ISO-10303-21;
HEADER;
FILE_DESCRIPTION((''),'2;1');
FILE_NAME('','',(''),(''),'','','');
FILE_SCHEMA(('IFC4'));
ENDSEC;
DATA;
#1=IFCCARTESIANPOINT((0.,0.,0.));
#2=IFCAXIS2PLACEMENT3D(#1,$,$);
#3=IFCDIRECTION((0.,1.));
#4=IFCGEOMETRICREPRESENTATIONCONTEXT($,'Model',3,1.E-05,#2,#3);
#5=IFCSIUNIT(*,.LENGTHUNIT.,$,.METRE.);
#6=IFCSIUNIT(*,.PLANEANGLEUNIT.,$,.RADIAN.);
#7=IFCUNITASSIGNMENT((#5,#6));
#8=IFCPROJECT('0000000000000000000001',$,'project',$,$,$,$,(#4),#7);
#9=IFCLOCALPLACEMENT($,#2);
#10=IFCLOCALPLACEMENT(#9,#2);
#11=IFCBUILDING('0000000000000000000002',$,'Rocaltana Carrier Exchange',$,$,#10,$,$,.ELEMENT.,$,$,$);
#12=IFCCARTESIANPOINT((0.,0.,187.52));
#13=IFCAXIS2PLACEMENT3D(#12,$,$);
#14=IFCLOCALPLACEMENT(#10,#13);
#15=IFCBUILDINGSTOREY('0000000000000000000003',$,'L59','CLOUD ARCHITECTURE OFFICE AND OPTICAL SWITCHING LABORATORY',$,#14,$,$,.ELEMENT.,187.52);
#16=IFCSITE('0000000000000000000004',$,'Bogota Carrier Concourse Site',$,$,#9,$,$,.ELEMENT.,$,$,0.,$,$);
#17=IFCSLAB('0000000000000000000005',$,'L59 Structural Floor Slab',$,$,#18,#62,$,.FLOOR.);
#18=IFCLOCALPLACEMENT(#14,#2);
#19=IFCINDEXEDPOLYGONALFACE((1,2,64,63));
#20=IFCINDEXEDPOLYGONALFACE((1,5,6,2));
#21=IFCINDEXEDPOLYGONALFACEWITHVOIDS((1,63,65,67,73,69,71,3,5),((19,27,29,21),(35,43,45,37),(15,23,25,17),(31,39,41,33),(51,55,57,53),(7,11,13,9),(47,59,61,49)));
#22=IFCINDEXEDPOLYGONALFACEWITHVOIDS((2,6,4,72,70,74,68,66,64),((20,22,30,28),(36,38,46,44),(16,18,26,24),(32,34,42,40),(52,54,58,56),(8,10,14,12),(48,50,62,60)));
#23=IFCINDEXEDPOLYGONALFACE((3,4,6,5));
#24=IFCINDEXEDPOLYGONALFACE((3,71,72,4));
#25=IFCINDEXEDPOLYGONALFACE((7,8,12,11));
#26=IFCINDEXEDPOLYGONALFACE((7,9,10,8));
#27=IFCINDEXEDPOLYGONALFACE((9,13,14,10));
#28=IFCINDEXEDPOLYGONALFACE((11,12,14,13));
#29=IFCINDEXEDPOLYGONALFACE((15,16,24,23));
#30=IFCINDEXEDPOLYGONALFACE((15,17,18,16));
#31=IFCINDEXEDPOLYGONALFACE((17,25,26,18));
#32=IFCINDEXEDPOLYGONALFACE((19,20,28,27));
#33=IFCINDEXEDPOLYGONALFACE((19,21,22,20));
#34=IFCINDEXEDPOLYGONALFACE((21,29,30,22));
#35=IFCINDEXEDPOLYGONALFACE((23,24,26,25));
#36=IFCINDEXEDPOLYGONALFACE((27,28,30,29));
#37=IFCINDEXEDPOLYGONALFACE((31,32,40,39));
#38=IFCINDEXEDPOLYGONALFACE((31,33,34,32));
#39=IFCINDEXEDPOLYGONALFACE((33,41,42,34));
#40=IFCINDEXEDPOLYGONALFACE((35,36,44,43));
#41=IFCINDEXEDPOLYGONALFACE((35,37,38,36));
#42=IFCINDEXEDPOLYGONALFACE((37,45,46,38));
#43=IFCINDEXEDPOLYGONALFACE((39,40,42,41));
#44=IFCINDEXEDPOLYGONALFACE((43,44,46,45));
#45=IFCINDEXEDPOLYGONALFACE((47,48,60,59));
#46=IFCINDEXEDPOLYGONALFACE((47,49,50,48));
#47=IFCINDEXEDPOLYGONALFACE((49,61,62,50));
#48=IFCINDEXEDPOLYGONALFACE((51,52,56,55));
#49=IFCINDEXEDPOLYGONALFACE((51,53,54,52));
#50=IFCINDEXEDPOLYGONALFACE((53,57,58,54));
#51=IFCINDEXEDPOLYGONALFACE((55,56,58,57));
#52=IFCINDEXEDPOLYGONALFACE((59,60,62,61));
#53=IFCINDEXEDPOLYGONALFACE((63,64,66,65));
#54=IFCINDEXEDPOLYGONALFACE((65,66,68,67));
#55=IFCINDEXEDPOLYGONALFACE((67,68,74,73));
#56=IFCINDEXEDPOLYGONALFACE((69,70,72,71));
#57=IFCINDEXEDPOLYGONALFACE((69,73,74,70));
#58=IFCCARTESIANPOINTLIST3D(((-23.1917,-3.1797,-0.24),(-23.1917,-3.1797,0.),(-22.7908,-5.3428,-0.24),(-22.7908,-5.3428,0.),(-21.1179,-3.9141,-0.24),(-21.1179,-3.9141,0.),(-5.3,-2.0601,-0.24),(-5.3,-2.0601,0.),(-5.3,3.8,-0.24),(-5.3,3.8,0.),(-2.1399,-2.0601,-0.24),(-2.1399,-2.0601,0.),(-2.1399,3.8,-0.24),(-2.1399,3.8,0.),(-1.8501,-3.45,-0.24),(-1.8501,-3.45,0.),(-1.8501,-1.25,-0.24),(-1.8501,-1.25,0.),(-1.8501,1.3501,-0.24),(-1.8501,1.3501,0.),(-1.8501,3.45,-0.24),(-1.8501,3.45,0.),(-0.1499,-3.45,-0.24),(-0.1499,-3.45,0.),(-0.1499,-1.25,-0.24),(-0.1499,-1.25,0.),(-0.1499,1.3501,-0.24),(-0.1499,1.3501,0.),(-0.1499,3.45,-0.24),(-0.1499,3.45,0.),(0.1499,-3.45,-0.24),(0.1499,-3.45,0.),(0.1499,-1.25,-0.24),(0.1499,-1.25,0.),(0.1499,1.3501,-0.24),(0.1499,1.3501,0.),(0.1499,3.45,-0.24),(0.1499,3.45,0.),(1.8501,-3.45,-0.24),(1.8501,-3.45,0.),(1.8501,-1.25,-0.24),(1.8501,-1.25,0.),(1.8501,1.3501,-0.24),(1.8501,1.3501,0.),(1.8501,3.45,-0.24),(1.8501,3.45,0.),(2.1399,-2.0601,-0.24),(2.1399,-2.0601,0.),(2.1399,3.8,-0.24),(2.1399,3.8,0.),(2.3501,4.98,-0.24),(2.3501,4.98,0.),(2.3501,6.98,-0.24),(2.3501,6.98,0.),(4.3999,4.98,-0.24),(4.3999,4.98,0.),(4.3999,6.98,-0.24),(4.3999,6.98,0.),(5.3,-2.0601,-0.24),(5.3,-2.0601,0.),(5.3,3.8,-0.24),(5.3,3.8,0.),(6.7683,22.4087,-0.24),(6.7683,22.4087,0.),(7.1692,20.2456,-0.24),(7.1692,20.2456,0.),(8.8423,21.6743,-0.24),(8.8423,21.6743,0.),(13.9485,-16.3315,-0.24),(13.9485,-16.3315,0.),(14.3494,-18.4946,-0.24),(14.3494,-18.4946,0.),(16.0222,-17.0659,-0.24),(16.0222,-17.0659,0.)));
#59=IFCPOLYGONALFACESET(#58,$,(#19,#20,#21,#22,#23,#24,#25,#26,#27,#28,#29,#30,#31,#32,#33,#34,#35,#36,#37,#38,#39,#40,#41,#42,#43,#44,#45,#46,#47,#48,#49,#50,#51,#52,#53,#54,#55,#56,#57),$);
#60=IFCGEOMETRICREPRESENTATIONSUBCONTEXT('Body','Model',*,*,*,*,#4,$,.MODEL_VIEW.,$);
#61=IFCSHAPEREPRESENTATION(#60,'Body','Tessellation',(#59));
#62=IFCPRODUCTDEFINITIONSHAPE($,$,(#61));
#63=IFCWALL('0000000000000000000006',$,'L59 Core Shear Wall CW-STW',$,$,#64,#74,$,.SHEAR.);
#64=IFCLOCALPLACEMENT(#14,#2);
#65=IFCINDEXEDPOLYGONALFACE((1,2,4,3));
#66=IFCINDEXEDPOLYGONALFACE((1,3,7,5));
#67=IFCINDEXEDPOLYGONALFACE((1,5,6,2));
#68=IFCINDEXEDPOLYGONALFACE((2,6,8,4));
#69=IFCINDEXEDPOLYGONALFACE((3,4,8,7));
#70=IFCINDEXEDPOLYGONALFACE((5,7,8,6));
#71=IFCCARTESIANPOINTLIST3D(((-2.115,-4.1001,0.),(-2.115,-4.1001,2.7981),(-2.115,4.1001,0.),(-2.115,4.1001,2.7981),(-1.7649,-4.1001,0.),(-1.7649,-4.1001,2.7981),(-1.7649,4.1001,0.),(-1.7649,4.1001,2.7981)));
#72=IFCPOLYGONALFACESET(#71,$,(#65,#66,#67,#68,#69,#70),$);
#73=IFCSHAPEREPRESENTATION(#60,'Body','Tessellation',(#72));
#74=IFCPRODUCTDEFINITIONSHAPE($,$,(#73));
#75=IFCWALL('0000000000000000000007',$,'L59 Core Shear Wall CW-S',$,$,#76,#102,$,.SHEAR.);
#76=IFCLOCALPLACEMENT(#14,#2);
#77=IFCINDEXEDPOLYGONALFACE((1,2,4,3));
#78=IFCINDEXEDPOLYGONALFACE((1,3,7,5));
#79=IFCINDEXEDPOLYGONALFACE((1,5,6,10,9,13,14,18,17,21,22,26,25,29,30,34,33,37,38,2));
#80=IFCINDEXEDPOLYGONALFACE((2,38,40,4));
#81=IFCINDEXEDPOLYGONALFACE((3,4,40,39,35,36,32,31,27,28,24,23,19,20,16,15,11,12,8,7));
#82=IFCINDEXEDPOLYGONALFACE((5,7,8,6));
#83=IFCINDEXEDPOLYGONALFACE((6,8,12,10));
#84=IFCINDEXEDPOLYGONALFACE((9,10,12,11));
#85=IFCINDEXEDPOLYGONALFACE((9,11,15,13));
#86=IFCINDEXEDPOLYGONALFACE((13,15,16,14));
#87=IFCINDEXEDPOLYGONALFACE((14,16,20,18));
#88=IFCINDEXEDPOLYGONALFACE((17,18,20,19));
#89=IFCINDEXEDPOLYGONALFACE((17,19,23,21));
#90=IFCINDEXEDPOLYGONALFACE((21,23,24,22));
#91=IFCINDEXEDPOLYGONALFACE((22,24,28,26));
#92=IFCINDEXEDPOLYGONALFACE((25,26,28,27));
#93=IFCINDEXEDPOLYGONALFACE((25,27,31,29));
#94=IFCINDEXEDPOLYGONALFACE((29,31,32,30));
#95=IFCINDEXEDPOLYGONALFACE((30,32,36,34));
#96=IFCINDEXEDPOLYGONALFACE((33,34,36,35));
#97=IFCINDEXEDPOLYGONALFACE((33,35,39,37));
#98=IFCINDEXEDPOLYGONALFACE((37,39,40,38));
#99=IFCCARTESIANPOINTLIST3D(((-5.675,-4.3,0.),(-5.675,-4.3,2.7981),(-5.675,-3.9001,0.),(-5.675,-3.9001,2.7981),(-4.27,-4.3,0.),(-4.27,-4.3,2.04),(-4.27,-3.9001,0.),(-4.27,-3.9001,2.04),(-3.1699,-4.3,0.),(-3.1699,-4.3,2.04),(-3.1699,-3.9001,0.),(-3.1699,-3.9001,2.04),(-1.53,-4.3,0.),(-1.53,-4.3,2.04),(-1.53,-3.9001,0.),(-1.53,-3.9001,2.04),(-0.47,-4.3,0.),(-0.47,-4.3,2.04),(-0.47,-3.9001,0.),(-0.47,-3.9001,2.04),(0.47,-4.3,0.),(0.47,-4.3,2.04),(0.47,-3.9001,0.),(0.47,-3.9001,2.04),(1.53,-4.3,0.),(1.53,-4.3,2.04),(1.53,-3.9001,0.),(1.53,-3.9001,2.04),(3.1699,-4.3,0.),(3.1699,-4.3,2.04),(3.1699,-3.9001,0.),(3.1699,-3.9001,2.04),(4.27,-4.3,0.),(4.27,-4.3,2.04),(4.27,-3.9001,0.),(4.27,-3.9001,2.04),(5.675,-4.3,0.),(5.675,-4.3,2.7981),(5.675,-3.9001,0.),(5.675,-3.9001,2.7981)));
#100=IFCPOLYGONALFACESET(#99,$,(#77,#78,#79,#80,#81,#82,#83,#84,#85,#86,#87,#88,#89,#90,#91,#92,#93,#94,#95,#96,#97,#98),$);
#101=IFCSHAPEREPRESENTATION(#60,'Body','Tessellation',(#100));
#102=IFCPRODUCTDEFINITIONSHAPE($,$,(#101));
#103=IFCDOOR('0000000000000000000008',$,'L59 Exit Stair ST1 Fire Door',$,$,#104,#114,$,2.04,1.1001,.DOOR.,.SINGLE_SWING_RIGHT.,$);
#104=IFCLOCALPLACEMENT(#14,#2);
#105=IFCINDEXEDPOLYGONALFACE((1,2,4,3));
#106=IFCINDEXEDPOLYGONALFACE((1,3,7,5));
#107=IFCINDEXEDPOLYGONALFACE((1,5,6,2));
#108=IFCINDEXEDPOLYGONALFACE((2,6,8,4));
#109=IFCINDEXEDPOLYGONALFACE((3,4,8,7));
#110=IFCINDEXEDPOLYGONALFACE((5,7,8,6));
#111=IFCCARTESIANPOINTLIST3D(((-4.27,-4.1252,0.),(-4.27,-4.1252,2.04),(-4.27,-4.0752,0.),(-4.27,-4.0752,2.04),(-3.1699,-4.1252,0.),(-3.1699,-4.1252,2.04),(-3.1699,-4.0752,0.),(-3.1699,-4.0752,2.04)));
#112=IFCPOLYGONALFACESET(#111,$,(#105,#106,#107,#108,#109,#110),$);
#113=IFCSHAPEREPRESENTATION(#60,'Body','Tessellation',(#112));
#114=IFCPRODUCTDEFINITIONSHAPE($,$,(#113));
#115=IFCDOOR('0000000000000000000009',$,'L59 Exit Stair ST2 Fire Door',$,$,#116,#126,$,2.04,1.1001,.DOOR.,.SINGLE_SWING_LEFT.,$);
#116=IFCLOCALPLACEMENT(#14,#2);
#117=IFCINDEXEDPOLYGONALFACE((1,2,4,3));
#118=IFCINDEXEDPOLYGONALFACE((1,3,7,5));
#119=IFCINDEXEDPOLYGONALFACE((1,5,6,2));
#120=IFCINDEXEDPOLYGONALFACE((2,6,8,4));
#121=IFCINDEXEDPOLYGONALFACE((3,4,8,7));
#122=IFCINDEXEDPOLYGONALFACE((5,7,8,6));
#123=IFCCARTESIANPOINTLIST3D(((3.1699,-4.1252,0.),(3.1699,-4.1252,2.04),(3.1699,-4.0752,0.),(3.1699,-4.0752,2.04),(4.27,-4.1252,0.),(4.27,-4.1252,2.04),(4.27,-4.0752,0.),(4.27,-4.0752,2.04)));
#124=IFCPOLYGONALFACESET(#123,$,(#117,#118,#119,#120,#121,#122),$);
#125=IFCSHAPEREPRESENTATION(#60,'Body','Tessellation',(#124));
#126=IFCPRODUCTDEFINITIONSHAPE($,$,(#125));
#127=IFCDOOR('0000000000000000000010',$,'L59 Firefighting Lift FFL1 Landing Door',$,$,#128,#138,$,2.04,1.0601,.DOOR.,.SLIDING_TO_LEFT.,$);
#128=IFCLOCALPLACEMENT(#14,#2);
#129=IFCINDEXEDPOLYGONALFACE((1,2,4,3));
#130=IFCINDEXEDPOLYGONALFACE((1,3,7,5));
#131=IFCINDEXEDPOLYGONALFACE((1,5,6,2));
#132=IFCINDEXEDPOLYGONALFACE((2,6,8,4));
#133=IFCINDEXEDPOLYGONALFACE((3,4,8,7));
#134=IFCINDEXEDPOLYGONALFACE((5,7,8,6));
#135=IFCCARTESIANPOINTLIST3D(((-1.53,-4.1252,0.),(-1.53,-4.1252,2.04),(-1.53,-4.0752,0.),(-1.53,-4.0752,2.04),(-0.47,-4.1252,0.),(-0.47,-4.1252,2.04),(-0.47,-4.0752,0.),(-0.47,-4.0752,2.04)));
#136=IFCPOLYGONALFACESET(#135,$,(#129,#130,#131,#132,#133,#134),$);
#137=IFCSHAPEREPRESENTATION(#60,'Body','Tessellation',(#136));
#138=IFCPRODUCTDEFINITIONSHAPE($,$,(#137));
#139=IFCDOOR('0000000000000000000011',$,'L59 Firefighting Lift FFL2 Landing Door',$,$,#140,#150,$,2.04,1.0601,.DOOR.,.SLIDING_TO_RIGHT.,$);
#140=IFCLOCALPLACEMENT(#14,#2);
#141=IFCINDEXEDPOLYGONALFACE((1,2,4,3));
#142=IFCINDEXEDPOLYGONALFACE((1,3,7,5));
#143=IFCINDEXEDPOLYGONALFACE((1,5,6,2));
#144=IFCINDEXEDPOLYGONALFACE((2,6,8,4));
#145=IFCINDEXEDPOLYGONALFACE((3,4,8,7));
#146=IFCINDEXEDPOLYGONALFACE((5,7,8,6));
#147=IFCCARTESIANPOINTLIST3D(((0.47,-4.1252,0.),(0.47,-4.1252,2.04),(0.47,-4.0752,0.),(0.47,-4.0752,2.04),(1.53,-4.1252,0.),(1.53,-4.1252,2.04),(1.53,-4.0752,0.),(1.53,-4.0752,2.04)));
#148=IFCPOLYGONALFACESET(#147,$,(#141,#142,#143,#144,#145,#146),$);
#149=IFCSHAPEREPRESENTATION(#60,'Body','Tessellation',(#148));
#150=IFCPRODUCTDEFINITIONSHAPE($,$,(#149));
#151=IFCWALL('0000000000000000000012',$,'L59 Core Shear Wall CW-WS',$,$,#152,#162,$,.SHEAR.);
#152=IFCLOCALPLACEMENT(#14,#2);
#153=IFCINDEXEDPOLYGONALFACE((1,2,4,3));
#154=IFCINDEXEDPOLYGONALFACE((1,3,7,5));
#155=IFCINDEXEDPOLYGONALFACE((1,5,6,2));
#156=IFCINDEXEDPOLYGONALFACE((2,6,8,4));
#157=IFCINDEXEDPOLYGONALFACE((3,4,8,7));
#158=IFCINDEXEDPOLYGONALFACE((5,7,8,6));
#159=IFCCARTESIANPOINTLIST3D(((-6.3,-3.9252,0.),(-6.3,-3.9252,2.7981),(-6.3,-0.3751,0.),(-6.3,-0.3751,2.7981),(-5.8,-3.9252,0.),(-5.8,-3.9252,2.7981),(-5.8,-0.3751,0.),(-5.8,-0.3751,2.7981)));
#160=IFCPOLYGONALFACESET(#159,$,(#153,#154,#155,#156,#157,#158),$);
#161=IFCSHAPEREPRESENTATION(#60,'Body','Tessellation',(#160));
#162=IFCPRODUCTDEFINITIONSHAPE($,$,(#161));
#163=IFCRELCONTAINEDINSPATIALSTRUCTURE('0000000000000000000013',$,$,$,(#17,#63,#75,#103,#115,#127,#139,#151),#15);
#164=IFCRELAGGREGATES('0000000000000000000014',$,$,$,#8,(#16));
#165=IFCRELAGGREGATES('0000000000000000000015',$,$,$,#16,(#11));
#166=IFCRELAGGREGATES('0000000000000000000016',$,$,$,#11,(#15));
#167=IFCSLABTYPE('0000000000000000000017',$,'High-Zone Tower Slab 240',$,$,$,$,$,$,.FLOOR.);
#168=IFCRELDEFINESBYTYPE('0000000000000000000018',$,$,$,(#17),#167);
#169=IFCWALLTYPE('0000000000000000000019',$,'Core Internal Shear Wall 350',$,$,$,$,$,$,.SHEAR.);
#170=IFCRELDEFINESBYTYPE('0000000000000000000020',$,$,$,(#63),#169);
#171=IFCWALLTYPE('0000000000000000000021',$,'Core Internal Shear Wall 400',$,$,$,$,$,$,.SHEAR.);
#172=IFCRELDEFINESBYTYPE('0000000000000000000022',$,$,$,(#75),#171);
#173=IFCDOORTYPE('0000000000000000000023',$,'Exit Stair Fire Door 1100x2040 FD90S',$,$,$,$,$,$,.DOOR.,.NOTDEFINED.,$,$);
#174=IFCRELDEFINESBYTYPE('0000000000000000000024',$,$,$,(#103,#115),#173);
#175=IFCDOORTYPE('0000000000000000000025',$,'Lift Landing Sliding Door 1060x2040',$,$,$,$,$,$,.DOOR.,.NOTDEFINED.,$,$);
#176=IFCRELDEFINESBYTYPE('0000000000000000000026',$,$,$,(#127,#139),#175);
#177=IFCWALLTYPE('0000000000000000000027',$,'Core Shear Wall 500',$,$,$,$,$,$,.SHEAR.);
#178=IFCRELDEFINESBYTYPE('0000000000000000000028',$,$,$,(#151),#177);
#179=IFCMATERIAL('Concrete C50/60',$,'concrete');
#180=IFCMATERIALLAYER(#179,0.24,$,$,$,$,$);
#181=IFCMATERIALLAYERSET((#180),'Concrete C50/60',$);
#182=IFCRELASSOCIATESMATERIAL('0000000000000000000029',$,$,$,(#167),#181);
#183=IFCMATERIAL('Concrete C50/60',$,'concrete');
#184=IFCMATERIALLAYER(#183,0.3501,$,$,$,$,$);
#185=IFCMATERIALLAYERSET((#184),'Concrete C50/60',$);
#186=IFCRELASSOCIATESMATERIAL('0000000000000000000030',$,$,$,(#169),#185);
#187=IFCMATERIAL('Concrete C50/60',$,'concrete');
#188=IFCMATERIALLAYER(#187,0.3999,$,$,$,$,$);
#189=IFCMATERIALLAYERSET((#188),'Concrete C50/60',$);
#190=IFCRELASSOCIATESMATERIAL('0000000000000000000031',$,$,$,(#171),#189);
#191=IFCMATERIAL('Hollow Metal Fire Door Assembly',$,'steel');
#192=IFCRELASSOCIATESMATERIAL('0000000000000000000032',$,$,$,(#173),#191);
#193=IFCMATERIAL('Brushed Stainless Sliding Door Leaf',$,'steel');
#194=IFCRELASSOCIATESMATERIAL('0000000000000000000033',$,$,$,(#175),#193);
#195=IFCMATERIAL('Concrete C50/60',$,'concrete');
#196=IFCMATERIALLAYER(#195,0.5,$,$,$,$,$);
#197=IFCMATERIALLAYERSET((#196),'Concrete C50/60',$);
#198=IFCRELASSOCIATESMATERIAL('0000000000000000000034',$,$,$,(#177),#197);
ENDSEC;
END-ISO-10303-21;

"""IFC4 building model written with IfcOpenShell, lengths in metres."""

from ifc_helpers import new_model, si_unit, direction, frame, frame_2d, origin, place, context, subcontext, project, spatial, polyline, rectangle, outline, extrude, material, layer, layer_set, type_object, element, fill, save


model = new_model("IFC4")

# Units and contexts
model_context = context("Model", 3, precision=1e-05, world=origin(), true_north=direction((0.0, 1.0)))
body_context = subcontext(model_context, "Body", "Model", "MODEL_VIEW")
ifc_project = project(units=[si_unit("LENGTHUNIT", "METRE"), si_unit("PLANEANGLEUNIT", "RADIAN")], contexts=[model_context])

# Site, building, storey
site_placement = place(None, origin())
site = spatial("IfcSite", under=ifc_project, at=site_placement, Name="Bogota Carrier Concourse Site", CompositionType="ELEMENT", RefElevation=0.0)
building_placement = place(site_placement, origin())
building = spatial("IfcBuilding", under=site, at=building_placement, Name="Rocaltana Carrier Exchange", CompositionType="ELEMENT")
storey_placement = place(building_placement, frame((0.0, 0.0, 187.52)))
storey = spatial("IfcBuildingStorey", under=building, at=storey_placement, Name="L59", Description="CLOUD ARCHITECTURE OFFICE AND OPTICAL SWITCHING LABORATORY", CompositionType="ELEMENT", Elevation=187.52)

# Slab
ifc_material_1 = material(Name="Concrete C50/60", Category="concrete")
ifc_layer_1 = layer(ifc_material_1, 0.24)
ifc_layer_set_1 = layer_set([ifc_layer_1], Name="Concrete C50/60")
slab_type = type_object("IfcSlabType", Name="High-Zone Tower Slab 240", PredefinedType="FLOOR", material=ifc_layer_set_1)
slab_placement = place(storey_placement, frame((0.0, 0.0, -0.24)))
element("IfcSlab", 1, at=slab_placement, inside=storey, type_object=slab_type, Name="L59 Structural Floor Slab", PredefinedType="FLOOR", context=body_context, shape_type="SweptSolid", body=[
    extrude(outline(polyline([(14.3494, -18.4946), (13.9485, -16.3315), (16.0222, -17.0659), (8.8423, 21.6743), (7.1692, 20.2456), (6.7683, 22.4087), (-23.1917, -3.1797), (-21.1179, -3.9141), (-22.7908, -5.3428), (14.3494, -18.4946)]), holes=[polyline([(-5.3, -2.0601), (-2.1399, -2.0601), (-2.1399, 3.8), (-5.3, 3.8), (-5.3, -2.0601)]), polyline([(2.1399, -2.0601), (5.3, -2.0601), (5.3, 3.8), (2.1399, 3.8), (2.1399, -2.0601)]), polyline([(-1.8501, -3.45), (-0.1499, -3.45), (-0.1499, -1.25), (-1.8501, -1.25), (-1.8501, -3.45)]), polyline([(0.1499, -3.45), (1.8501, -3.45), (1.8501, -1.25), (0.1499, -1.25), (0.1499, -3.45)]), polyline([(2.3501, 4.98), (4.3999, 4.98), (4.3999, 6.98), (2.3501, 6.98), (2.3501, 4.98)]), polyline([(-1.8501, 1.3501), (-0.1499, 1.3501), (-0.1499, 3.45), (-1.8501, 3.45), (-1.8501, 1.3501)]), polyline([(0.1499, 1.3501), (1.8501, 1.3501), (1.8501, 3.45), (0.1499, 3.45), (0.1499, 1.3501)])]), origin(), (0.0, 0.0, 1.0), 0.24),
])

# Wall
ifc_material_2 = material(Name="Concrete C50/60", Category="concrete")
ifc_layer_2 = layer(ifc_material_2, 0.3501)
ifc_layer_set_2 = layer_set([ifc_layer_2], Name="Concrete C50/60")
wall_type_1 = type_object("IfcWallType", Name="Core Internal Shear Wall 350", PredefinedType="SHEAR", material=ifc_layer_set_2)
wall_1_placement = place(storey_placement, frame((-1.9399, -4.1001, 0.0), z_axis=(0.0, 0.0, 1.0), x_axis=(0.0, 1.0, 0.0)))
element("IfcWall", 2, at=wall_1_placement, inside=storey, type_object=wall_type_1, Name="L59 Core Shear Wall CW-STW", PredefinedType="SHEAR", context=body_context, shape_type="SweptSolid", body=[
    extrude(rectangle(XDim=8.2002, YDim=0.3501, at=frame_2d((4.1001, 0.0))), origin(), (0.0, 0.0, 1.0), 2.7981),
])

# Wall, openings, doors
ifc_material_3 = material(Name="Concrete C50/60", Category="concrete")
ifc_layer_3 = layer(ifc_material_3, 0.3999)
ifc_layer_set_3 = layer_set([ifc_layer_3], Name="Concrete C50/60")
wall_type_2 = type_object("IfcWallType", Name="Core Internal Shear Wall 400", PredefinedType="SHEAR", material=ifc_layer_set_3)
wall_2_placement = place(storey_placement, frame((-5.675, -4.1001, 0.0), z_axis=(0.0, 0.0, 1.0), x_axis=(1.0, 0.0, 0.0)))
wall_2 = element("IfcWall", 3, at=wall_2_placement, inside=storey, type_object=wall_type_2, Name="L59 Core Shear Wall CW-S", PredefinedType="SHEAR", context=body_context, shape_type="SweptSolid", body=[
    extrude(rectangle(XDim=11.3501, YDim=0.3999, at=frame_2d((5.675, 0.0))), origin(), (0.0, 0.0, 1.0), 2.7981),
])
opening_1_placement = place(wall_2_placement, frame((1.405, 0.0, 0.0)))
opening_1 = element("IfcOpeningElement", 4, at=opening_1_placement, cuts=wall_2, PredefinedType="OPENING", context=body_context, shape_type="SweptSolid", body=[
    extrude(rectangle(XDim=1.1001, YDim=2.04, at=frame_2d((0.55, 1.02))), frame((0.0, 0.21, 0.0), z_axis=(0.0, -1.0, 0.0), x_axis=(1.0, 0.0, 0.0)), (0.0, 0.0, 1.0), 0.4199),
])
opening_2_placement = place(wall_2_placement, frame((8.845, 0.0, 0.0)))
opening_2 = element("IfcOpeningElement", 5, at=opening_2_placement, cuts=wall_2, PredefinedType="OPENING", context=body_context, shape_type="SweptSolid", body=[
    extrude(rectangle(XDim=1.1001, YDim=2.04, at=frame_2d((0.55, 1.02))), frame((0.0, 0.21, 0.0), z_axis=(0.0, -1.0, 0.0), x_axis=(1.0, 0.0, 0.0)), (0.0, 0.0, 1.0), 0.4199),
])
opening_3_placement = place(wall_2_placement, frame((4.145, 0.0, 0.0)))
opening_3 = element("IfcOpeningElement", 6, at=opening_3_placement, cuts=wall_2, PredefinedType="OPENING", context=body_context, shape_type="SweptSolid", body=[
    extrude(rectangle(XDim=1.0601, YDim=2.04, at=frame_2d((0.53, 1.02))), frame((0.0, 0.21, 0.0), z_axis=(0.0, -1.0, 0.0), x_axis=(1.0, 0.0, 0.0)), (0.0, 0.0, 1.0), 0.4199),
])
opening_4_placement = place(wall_2_placement, frame((6.145, 0.0, 0.0)))
opening_4 = element("IfcOpeningElement", 7, at=opening_4_placement, cuts=wall_2, PredefinedType="OPENING", context=body_context, shape_type="SweptSolid", body=[
    extrude(rectangle(XDim=1.0601, YDim=2.04, at=frame_2d((0.53, 1.02))), frame((0.0, 0.21, 0.0), z_axis=(0.0, -1.0, 0.0), x_axis=(1.0, 0.0, 0.0)), (0.0, 0.0, 1.0), 0.4199),
])
ifc_material_4 = material(Name="Hollow Metal Fire Door Assembly", Category="steel")
door_type_1 = type_object("IfcDoorType", Name="Exit Stair Fire Door 1100x2040 FD90S", OperationType="NOTDEFINED", PredefinedType="DOOR", material=ifc_material_4)
door_1_placement = place(opening_1_placement, origin())
door_1 = element("IfcDoor", 8, at=door_1_placement, inside=storey, type_object=door_type_1, Name="L59 Exit Stair ST1 Fire Door", OperationType="SINGLE_SWING_RIGHT", OverallHeight=2.04, OverallWidth=1.1001, PredefinedType="DOOR", context=body_context, shape_type="SweptSolid", body=[
    extrude(rectangle(XDim=1.1001, YDim=2.04, at=frame_2d((0.55, 1.02))), frame((0.0, 0.0249, 0.0), z_axis=(0.0, -1.0, 0.0), x_axis=(1.0, 0.0, 0.0)), (0.0, 0.0, 1.0), 0.05),
])
fill(opening_1, door_1)
door_2_placement = place(opening_2_placement, origin())
door_2 = element("IfcDoor", 9, at=door_2_placement, inside=storey, type_object=door_type_1, Name="L59 Exit Stair ST2 Fire Door", OperationType="SINGLE_SWING_LEFT", OverallHeight=2.04, OverallWidth=1.1001, PredefinedType="DOOR", context=body_context, shape_type="SweptSolid", body=[
    extrude(rectangle(XDim=1.1001, YDim=2.04, at=frame_2d((0.55, 1.02))), frame((0.0, 0.0249, 0.0), z_axis=(0.0, -1.0, 0.0), x_axis=(1.0, 0.0, 0.0)), (0.0, 0.0, 1.0), 0.05),
])
fill(opening_2, door_2)
ifc_material_5 = material(Name="Brushed Stainless Sliding Door Leaf", Category="steel")
door_type_2 = type_object("IfcDoorType", Name="Lift Landing Sliding Door 1060x2040", OperationType="NOTDEFINED", PredefinedType="DOOR", material=ifc_material_5)
door_3_placement = place(opening_3_placement, origin())
door_3 = element("IfcDoor", 10, at=door_3_placement, inside=storey, type_object=door_type_2, Name="L59 Firefighting Lift FFL1 Landing Door", OperationType="SLIDING_TO_LEFT", OverallHeight=2.04, OverallWidth=1.0601, PredefinedType="DOOR", context=body_context, shape_type="SweptSolid", body=[
    extrude(rectangle(XDim=1.0601, YDim=2.04, at=frame_2d((0.53, 1.02))), frame((0.0, 0.0249, 0.0), z_axis=(0.0, -1.0, 0.0), x_axis=(1.0, 0.0, 0.0)), (0.0, 0.0, 1.0), 0.05),
])
fill(opening_3, door_3)
door_4_placement = place(opening_4_placement, origin())
door_4 = element("IfcDoor", 11, at=door_4_placement, inside=storey, type_object=door_type_2, Name="L59 Firefighting Lift FFL2 Landing Door", OperationType="SLIDING_TO_RIGHT", OverallHeight=2.04, OverallWidth=1.0601, PredefinedType="DOOR", context=body_context, shape_type="SweptSolid", body=[
    extrude(rectangle(XDim=1.0601, YDim=2.04, at=frame_2d((0.53, 1.02))), frame((0.0, 0.0249, 0.0), z_axis=(0.0, -1.0, 0.0), x_axis=(1.0, 0.0, 0.0)), (0.0, 0.0, 1.0), 0.05),
])
fill(opening_4, door_4)

# Wall
ifc_material_6 = material(Name="Concrete C50/60", Category="concrete")
ifc_layer_4 = layer(ifc_material_6, 0.5)
ifc_layer_set_4 = layer_set([ifc_layer_4], Name="Concrete C50/60")
wall_type_3 = type_object("IfcWallType", Name="Core Shear Wall 500", PredefinedType="SHEAR", material=ifc_layer_set_4)
wall_3_placement = place(storey_placement, frame((-6.05, -3.925, 0.0), z_axis=(0.0, 0.0, 1.0), x_axis=(0.0, 1.0, 0.0)))
element("IfcWall", 12, at=wall_3_placement, inside=storey, type_object=wall_type_3, Name="L59 Core Shear Wall CW-WS", PredefinedType="SHEAR", context=body_context, shape_type="SweptSolid", body=[
    extrude(rectangle(XDim=3.55, YDim=0.5, at=frame_2d((1.7749, 0.0))), origin(), (0.0, 0.0, 1.0), 2.7981),
])

save(model, "model.ifc")
